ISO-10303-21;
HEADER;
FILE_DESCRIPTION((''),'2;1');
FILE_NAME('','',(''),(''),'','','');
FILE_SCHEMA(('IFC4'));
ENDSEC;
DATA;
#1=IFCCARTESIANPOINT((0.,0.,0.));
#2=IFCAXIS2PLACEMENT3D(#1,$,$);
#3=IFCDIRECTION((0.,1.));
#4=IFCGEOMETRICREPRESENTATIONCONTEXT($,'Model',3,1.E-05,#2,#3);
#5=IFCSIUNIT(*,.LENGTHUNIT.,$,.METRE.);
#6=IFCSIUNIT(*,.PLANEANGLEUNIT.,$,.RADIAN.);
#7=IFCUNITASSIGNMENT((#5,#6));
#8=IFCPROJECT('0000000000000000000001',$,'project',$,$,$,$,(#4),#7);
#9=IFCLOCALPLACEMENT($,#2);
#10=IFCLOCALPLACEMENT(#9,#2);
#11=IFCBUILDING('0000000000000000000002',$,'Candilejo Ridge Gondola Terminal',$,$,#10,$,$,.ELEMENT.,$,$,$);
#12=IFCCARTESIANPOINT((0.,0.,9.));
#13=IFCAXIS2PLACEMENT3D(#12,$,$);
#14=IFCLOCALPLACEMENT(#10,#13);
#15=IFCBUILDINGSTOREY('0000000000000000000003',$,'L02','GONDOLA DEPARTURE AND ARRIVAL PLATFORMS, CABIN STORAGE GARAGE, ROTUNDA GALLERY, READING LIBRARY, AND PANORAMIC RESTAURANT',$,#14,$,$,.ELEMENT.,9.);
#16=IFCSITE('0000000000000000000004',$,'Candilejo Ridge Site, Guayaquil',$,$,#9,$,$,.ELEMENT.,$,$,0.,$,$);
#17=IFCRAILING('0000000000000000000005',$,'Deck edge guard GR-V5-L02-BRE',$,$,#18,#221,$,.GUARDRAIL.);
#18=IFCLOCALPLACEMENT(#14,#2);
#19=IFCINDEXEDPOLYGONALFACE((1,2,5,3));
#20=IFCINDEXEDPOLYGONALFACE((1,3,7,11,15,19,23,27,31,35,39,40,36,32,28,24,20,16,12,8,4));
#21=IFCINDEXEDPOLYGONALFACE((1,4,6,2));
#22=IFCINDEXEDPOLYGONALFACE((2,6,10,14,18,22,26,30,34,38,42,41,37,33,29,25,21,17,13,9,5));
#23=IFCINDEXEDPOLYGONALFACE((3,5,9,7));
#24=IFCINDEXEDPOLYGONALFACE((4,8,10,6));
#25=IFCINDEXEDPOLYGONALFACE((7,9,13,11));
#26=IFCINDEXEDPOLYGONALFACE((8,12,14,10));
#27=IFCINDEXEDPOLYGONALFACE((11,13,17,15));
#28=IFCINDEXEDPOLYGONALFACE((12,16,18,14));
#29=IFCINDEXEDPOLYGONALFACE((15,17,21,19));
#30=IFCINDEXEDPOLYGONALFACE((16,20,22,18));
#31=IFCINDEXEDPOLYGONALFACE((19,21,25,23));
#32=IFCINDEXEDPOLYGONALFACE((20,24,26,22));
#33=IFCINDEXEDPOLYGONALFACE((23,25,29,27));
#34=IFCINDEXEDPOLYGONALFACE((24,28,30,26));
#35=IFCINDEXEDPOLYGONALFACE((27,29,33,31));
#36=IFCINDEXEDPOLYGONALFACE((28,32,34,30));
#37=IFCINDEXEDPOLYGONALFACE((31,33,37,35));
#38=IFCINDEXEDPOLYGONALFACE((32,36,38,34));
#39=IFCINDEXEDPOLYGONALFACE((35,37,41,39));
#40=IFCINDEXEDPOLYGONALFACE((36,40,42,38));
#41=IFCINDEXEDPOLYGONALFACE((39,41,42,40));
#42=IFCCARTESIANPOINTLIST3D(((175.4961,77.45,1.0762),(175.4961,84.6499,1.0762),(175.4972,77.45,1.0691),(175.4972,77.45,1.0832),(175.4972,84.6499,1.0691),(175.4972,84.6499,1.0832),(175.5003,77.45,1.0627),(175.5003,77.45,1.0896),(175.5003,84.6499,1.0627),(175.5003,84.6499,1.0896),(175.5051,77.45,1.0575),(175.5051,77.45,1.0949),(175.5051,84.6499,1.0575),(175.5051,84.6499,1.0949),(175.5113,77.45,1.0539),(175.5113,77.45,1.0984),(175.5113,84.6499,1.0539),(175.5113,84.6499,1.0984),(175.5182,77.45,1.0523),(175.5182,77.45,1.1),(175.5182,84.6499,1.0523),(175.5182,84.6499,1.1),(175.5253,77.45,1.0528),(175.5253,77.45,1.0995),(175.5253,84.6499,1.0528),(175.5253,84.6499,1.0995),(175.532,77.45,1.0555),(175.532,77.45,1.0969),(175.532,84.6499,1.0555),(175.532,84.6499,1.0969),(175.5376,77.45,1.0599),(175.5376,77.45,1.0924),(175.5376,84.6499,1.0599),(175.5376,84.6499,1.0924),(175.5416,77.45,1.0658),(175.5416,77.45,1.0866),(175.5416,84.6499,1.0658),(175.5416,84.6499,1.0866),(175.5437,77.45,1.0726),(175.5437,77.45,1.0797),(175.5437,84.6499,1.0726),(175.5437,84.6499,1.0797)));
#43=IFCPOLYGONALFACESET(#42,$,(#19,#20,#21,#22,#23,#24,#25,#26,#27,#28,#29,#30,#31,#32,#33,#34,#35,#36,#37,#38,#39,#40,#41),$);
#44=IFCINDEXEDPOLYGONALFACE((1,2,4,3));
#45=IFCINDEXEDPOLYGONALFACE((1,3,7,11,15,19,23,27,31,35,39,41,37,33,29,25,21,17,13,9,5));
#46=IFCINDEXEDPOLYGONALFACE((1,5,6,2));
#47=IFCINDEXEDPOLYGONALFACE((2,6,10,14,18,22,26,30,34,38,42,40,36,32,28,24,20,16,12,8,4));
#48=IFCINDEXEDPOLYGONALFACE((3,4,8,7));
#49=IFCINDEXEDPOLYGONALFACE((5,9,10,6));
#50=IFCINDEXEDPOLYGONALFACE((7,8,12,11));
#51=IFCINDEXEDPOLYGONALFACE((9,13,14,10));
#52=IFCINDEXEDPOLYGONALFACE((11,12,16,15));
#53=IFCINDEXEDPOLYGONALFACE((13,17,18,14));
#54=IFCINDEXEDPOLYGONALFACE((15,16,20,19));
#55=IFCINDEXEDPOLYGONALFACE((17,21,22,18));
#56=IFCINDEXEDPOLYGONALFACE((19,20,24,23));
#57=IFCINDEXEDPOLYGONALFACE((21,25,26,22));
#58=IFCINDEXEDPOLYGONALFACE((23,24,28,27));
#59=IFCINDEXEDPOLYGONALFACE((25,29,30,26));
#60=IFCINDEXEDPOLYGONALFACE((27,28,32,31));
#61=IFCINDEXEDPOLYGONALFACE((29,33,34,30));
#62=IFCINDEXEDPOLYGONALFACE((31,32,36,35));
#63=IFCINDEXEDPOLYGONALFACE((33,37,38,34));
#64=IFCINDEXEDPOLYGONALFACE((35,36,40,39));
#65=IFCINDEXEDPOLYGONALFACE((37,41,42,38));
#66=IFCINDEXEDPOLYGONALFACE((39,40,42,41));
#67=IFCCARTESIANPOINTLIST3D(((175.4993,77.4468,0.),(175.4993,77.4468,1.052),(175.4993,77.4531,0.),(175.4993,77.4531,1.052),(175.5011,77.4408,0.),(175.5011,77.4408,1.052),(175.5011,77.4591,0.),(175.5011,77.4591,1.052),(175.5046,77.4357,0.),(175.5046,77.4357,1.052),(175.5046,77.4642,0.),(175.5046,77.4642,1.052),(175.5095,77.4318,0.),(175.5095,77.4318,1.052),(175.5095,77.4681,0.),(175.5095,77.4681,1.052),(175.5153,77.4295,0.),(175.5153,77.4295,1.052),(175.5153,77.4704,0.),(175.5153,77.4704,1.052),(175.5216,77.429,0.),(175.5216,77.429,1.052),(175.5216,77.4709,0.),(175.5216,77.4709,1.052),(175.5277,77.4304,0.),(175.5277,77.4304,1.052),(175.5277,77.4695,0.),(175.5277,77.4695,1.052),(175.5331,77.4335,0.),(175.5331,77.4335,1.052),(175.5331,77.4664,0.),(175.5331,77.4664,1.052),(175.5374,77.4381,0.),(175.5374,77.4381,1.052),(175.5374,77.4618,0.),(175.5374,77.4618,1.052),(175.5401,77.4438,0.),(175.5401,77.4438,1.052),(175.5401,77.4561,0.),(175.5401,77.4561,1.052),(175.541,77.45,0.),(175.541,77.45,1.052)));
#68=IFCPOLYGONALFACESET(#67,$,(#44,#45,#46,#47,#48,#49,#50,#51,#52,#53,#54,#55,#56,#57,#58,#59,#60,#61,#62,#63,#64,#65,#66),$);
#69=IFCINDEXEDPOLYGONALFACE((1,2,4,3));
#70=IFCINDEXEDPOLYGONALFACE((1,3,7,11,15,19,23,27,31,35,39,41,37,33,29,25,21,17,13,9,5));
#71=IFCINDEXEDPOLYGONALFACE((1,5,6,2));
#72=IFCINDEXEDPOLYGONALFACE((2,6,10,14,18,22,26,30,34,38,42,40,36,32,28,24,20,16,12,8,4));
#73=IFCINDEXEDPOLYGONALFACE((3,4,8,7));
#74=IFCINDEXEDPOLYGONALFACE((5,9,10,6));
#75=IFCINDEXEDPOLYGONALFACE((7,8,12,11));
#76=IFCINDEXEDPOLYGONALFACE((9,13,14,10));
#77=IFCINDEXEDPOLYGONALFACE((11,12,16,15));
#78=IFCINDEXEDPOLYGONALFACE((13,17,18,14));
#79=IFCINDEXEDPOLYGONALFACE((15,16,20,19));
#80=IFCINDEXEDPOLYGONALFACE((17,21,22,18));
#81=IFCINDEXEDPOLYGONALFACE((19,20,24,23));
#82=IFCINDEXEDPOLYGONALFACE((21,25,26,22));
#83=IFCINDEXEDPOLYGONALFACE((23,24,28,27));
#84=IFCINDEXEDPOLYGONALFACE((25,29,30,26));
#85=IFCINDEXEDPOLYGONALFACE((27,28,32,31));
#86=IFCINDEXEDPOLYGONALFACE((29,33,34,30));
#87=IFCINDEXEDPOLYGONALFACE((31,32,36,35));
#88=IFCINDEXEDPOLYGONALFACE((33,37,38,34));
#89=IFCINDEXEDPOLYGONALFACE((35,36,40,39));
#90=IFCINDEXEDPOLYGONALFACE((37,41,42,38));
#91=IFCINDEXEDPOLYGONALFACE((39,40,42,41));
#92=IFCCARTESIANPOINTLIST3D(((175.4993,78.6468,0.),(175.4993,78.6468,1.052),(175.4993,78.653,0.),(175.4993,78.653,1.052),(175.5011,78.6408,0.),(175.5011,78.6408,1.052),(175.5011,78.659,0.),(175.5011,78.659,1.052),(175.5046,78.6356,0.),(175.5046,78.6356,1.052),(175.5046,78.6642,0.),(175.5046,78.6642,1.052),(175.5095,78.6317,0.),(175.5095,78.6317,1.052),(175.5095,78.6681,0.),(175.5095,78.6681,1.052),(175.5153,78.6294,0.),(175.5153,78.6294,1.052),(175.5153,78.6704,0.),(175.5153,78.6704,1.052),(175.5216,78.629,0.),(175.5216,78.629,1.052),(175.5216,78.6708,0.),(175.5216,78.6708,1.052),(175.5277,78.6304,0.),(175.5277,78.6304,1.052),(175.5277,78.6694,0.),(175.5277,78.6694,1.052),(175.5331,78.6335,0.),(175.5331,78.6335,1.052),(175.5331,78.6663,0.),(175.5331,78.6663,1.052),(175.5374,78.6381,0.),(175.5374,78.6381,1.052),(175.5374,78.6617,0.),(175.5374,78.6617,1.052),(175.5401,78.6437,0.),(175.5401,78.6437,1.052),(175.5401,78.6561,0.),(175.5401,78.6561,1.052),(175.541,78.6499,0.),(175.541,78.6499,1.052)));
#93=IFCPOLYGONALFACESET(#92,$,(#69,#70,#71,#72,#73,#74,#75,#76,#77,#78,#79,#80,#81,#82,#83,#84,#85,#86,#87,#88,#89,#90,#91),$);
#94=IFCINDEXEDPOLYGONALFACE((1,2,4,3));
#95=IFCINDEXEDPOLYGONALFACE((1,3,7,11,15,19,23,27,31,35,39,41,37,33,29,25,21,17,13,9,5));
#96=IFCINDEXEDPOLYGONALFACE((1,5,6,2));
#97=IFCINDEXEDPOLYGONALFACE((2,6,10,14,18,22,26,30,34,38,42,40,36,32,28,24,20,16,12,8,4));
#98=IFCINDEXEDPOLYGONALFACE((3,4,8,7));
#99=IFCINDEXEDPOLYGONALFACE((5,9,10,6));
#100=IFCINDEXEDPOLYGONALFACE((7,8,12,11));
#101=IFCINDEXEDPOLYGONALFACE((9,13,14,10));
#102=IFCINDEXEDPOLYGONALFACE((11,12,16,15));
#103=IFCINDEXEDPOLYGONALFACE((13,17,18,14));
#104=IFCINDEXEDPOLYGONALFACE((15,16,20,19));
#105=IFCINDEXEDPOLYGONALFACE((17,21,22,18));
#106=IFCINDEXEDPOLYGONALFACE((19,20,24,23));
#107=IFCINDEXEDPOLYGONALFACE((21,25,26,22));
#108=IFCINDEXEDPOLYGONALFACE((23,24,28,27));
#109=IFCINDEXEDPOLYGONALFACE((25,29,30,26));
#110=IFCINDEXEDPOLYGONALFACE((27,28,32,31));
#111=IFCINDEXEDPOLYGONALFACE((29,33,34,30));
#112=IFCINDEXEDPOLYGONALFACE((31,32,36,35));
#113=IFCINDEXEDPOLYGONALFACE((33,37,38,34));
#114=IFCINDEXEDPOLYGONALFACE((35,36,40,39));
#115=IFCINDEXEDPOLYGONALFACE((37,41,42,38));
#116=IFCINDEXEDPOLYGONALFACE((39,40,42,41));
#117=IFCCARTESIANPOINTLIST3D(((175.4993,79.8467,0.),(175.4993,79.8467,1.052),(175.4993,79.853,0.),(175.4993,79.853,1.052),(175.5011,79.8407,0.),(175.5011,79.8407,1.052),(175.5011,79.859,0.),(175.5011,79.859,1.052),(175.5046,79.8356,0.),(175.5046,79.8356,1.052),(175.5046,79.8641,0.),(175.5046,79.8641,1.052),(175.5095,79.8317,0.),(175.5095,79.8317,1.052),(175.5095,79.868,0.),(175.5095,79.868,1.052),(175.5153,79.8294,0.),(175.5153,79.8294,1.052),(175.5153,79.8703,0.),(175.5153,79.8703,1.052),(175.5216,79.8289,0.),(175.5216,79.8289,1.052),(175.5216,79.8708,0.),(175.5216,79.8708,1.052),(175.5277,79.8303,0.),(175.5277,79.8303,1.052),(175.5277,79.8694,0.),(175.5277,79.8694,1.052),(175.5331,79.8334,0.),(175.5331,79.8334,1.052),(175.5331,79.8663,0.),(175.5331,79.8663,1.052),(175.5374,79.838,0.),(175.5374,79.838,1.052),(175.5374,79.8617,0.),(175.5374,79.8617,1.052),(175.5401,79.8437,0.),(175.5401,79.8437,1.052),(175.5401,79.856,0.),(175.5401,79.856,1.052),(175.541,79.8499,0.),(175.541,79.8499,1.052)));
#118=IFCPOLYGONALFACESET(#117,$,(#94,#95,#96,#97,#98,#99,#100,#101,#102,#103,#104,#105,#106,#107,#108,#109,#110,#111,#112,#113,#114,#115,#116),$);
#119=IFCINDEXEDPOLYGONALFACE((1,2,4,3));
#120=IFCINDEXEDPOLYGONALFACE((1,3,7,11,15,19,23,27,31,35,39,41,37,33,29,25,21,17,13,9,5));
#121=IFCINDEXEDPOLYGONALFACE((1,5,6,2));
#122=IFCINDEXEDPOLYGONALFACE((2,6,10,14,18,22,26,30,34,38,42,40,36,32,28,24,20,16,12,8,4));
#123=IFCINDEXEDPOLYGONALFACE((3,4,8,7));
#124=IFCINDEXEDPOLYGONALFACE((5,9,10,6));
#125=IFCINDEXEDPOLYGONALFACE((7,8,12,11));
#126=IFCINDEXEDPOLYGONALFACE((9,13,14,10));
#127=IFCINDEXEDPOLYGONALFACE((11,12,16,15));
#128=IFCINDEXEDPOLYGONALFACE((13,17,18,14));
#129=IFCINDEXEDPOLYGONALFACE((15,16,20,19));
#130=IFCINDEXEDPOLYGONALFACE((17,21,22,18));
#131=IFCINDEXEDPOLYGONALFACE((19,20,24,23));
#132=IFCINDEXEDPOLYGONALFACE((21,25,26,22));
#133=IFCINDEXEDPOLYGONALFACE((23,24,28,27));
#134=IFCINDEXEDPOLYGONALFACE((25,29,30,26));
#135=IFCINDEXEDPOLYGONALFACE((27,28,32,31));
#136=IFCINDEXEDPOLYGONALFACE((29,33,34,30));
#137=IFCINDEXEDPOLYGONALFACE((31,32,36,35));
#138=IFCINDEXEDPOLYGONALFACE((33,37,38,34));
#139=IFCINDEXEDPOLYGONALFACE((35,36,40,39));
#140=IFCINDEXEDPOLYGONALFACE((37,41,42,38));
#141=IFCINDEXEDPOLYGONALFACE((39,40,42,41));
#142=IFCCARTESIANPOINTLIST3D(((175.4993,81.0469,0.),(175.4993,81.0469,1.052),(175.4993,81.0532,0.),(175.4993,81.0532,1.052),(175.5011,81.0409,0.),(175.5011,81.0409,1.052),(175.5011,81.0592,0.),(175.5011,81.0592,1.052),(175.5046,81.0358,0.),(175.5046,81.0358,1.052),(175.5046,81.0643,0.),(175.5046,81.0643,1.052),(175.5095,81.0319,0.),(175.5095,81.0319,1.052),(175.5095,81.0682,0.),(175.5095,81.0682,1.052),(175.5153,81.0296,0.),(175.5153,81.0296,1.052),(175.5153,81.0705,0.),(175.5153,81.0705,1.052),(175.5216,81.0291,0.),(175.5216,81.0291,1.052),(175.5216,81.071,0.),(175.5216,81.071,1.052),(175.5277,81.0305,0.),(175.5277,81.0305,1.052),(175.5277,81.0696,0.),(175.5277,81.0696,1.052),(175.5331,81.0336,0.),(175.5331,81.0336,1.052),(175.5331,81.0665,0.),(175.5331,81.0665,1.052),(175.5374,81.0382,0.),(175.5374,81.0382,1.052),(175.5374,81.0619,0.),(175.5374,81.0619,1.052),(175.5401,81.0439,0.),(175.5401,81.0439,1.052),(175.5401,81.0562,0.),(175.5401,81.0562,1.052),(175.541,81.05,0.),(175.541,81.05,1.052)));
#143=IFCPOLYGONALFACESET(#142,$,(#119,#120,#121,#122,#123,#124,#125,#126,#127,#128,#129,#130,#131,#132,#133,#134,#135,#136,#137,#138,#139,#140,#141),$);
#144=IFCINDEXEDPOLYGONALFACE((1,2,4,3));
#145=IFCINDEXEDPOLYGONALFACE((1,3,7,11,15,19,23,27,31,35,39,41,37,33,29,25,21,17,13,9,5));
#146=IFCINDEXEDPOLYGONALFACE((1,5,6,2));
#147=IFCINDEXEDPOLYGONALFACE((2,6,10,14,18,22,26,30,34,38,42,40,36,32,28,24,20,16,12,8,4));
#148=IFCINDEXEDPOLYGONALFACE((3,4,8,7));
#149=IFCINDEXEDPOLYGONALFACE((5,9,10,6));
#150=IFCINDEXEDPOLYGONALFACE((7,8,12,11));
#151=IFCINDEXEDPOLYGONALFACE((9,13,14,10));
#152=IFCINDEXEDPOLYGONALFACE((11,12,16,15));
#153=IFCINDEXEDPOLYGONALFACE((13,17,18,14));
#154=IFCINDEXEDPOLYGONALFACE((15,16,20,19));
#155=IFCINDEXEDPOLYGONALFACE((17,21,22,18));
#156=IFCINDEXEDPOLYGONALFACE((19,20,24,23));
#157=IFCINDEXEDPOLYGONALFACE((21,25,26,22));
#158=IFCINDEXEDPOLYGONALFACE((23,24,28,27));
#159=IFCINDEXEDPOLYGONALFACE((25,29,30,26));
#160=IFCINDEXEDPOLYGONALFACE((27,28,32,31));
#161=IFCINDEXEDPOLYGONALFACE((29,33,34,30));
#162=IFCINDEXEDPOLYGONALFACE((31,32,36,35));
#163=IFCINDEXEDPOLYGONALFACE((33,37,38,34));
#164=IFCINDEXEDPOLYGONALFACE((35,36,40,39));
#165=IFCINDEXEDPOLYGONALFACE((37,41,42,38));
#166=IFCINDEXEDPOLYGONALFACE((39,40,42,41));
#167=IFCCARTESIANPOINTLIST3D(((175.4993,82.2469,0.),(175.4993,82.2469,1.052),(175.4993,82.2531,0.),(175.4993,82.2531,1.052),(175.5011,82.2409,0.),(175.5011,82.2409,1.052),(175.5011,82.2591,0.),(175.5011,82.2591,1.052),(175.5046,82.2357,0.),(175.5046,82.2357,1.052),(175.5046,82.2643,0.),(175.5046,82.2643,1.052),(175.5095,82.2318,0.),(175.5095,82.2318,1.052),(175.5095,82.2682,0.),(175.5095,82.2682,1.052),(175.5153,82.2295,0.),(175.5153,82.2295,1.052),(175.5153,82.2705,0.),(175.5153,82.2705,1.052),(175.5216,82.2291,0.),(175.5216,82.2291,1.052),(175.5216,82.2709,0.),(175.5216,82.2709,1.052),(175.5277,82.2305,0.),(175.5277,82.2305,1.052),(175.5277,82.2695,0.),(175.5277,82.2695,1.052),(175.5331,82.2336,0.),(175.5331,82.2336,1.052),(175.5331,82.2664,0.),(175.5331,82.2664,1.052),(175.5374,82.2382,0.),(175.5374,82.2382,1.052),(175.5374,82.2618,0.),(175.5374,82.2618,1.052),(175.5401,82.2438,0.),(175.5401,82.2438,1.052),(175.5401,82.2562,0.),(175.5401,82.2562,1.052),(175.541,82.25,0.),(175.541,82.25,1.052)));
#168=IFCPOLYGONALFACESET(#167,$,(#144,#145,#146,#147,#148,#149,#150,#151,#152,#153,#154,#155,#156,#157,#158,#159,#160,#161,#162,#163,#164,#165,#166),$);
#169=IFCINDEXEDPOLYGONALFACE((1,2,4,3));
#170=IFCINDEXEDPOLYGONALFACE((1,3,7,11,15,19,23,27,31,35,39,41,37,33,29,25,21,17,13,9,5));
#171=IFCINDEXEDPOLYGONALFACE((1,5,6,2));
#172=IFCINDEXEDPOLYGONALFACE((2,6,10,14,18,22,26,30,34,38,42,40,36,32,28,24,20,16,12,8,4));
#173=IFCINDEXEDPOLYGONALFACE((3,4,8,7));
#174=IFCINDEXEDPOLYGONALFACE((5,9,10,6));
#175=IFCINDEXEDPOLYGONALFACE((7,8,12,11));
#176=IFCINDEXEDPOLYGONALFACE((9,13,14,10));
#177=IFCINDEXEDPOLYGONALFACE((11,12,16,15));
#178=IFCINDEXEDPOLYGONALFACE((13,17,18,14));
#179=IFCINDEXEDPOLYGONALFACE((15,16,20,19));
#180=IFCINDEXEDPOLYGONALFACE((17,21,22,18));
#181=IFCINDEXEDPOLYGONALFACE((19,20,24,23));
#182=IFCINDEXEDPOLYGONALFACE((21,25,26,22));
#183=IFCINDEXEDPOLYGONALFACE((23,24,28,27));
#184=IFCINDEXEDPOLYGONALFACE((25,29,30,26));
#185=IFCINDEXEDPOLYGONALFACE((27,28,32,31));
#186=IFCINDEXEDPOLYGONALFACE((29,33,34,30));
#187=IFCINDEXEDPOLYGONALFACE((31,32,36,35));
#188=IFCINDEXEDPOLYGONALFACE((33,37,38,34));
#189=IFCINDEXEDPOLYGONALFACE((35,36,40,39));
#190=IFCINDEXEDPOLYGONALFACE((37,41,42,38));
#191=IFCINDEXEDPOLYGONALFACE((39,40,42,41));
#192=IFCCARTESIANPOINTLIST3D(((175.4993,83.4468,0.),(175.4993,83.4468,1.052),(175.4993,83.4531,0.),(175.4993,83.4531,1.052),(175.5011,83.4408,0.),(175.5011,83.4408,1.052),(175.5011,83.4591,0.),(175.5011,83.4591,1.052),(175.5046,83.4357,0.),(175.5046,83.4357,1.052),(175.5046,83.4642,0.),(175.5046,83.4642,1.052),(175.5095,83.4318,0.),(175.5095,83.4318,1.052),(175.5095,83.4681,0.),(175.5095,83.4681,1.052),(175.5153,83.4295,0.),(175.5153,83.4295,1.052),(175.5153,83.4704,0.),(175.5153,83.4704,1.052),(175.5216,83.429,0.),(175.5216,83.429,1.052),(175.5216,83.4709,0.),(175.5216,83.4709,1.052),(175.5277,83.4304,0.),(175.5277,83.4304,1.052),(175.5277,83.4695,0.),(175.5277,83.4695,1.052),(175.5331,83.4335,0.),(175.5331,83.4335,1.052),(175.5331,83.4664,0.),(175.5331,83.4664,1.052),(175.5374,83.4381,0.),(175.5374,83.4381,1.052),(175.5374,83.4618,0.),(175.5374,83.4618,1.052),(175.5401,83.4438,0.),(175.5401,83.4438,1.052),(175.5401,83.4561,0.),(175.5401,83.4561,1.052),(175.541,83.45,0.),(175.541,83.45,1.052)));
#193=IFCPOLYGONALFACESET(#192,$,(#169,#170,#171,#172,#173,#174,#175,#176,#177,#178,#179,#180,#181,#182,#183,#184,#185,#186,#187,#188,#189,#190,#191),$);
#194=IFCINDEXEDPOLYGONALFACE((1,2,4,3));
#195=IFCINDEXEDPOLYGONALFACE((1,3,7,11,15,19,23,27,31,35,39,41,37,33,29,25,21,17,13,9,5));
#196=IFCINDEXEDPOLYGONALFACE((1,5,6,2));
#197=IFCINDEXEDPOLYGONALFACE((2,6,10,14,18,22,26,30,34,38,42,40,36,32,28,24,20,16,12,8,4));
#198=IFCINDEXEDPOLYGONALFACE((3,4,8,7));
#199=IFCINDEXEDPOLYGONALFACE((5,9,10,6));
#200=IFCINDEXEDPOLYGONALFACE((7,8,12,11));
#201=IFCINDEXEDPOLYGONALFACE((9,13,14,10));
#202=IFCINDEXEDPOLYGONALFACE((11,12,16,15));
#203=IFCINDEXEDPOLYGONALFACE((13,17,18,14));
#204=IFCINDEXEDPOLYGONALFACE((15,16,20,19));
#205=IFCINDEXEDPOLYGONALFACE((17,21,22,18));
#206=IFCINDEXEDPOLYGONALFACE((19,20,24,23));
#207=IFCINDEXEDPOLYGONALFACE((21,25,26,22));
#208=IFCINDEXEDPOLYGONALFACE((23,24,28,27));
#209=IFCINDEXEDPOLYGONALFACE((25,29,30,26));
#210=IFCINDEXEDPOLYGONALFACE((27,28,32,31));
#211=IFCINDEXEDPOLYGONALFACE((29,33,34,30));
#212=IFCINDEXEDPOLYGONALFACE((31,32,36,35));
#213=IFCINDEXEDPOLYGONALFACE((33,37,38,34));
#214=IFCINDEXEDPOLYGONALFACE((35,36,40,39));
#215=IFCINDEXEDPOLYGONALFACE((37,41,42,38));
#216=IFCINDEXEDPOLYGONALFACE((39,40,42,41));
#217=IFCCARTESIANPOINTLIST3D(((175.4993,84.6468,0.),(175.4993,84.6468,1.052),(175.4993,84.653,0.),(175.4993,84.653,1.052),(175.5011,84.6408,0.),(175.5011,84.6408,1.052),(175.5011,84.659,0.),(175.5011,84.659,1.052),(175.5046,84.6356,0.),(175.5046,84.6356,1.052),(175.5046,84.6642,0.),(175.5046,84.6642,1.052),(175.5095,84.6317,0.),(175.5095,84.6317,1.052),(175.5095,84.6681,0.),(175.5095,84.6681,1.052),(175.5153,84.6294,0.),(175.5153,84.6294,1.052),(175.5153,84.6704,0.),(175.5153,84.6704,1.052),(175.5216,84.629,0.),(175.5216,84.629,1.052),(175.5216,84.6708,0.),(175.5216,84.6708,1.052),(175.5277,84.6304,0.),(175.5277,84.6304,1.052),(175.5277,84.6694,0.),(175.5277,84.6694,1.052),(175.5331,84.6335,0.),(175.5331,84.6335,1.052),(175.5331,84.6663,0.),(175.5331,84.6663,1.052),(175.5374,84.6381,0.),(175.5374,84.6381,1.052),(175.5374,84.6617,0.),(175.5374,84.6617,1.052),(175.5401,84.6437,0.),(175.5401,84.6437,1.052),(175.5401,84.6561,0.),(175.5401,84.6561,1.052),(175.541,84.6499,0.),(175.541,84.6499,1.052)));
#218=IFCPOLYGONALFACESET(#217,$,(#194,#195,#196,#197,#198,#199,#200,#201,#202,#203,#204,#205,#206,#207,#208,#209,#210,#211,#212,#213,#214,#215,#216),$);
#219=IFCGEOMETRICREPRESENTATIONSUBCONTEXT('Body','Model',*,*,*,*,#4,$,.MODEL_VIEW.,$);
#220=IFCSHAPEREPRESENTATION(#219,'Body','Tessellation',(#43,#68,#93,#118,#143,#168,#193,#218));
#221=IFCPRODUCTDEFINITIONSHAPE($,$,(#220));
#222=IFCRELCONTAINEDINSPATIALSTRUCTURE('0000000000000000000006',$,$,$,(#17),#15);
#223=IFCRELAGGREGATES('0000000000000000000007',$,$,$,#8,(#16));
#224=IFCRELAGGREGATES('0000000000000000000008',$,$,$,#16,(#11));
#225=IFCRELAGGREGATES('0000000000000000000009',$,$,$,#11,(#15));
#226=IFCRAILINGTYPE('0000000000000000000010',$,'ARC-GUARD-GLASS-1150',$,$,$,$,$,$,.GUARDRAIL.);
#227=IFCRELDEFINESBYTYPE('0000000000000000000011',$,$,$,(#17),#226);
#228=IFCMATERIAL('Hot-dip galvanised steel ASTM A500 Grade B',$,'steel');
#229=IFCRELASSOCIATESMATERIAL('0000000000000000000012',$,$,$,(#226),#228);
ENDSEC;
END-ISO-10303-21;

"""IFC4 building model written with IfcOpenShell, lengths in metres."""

from ifc_helpers import new_model, si_unit, direction, frame, origin, origin_2d, place, context, subcontext, project, spatial, circle, extrude, material, type_object, element, save


model = new_model("IFC4")

# Units and contexts
model_context = context("Model", 3, precision=1e-05, world=origin(), true_north=direction((0.0, 1.0)))
body_context = subcontext(model_context, "Body", "Model", "MODEL_VIEW")
ifc_project = project(units=[si_unit("LENGTHUNIT", "METRE"), si_unit("PLANEANGLEUNIT", "RADIAN")], contexts=[model_context])

# Site, building, storey
site_placement = place(None, origin())
site = spatial("IfcSite", under=ifc_project, at=site_placement, Name="Candilejo Ridge Site, Guayaquil", CompositionType="ELEMENT", RefElevation=0.0)
building_placement = place(site_placement, origin())
building = spatial("IfcBuilding", under=site, at=building_placement, Name="Candilejo Ridge Gondola Terminal", CompositionType="ELEMENT")
storey_placement = place(building_placement, frame((0.0, 0.0, 9.0)))
storey = spatial("IfcBuildingStorey", under=building, at=storey_placement, Name="L02", Description="GONDOLA DEPARTURE AND ARRIVAL PLATFORMS, CABIN STORAGE GARAGE, ROTUNDA GALLERY, READING LIBRARY, AND PANORAMIC RESTAURANT", CompositionType="ELEMENT", Elevation=9.0)

# Railing
ifc_material_1 = material(Name="Hot-dip galvanised steel ASTM A500 Grade B", Category="steel")
railing_type = type_object("IfcRailingType", Name="ARC-GUARD-GLASS-1150", PredefinedType="GUARDRAIL", material=ifc_material_1)
railing_placement = place(storey_placement, frame((175.52, 77.45, 0.0)))
element("IfcRailing", 1, at=railing_placement, inside=storey, type_object=railing_type, Name="Deck edge guard GR-V5-L02-BRE", PredefinedType="GUARDRAIL", context=body_context, shape_type="SweptSolid", body=[
    extrude(circle(Radius=0.0239, at=origin_2d()), frame((0.0, 0.0, 1.0762), z_axis=(0.0, 1.0, 0.0), x_axis=(-1.0, 0.0, 0.0)), (0.0, 0.0, 1.0), 7.2),
    extrude(circle(Radius=0.021, at=origin_2d()), origin(), (0.0, 0.0, 1.0), 1.052),
    extrude(circle(Radius=0.021, at=origin_2d()), frame((0.0, 1.2, 0.0)), (0.0, 0.0, 1.0), 1.052),
    extrude(circle(Radius=0.021, at=origin_2d()), frame((0.0, 2.3999, 0.0)), (0.0, 0.0, 1.0), 1.052),
    extrude(circle(Radius=0.021, at=origin_2d()), frame((0.0, 3.6001, 0.0)), (0.0, 0.0, 1.0), 1.052),
    extrude(circle(Radius=0.021, at=origin_2d()), frame((0.0, 4.8, 0.0)), (0.0, 0.0, 1.0), 1.052),
    extrude(circle(Radius=0.021, at=origin_2d()), frame((0.0, 6.0, 0.0)), (0.0, 0.0, 1.0), 1.052),
    extrude(circle(Radius=0.021, at=origin_2d()), frame((0.0, 7.2, 0.0)), (0.0, 0.0, 1.0), 1.052),
])

save(model, "model.ifc")
